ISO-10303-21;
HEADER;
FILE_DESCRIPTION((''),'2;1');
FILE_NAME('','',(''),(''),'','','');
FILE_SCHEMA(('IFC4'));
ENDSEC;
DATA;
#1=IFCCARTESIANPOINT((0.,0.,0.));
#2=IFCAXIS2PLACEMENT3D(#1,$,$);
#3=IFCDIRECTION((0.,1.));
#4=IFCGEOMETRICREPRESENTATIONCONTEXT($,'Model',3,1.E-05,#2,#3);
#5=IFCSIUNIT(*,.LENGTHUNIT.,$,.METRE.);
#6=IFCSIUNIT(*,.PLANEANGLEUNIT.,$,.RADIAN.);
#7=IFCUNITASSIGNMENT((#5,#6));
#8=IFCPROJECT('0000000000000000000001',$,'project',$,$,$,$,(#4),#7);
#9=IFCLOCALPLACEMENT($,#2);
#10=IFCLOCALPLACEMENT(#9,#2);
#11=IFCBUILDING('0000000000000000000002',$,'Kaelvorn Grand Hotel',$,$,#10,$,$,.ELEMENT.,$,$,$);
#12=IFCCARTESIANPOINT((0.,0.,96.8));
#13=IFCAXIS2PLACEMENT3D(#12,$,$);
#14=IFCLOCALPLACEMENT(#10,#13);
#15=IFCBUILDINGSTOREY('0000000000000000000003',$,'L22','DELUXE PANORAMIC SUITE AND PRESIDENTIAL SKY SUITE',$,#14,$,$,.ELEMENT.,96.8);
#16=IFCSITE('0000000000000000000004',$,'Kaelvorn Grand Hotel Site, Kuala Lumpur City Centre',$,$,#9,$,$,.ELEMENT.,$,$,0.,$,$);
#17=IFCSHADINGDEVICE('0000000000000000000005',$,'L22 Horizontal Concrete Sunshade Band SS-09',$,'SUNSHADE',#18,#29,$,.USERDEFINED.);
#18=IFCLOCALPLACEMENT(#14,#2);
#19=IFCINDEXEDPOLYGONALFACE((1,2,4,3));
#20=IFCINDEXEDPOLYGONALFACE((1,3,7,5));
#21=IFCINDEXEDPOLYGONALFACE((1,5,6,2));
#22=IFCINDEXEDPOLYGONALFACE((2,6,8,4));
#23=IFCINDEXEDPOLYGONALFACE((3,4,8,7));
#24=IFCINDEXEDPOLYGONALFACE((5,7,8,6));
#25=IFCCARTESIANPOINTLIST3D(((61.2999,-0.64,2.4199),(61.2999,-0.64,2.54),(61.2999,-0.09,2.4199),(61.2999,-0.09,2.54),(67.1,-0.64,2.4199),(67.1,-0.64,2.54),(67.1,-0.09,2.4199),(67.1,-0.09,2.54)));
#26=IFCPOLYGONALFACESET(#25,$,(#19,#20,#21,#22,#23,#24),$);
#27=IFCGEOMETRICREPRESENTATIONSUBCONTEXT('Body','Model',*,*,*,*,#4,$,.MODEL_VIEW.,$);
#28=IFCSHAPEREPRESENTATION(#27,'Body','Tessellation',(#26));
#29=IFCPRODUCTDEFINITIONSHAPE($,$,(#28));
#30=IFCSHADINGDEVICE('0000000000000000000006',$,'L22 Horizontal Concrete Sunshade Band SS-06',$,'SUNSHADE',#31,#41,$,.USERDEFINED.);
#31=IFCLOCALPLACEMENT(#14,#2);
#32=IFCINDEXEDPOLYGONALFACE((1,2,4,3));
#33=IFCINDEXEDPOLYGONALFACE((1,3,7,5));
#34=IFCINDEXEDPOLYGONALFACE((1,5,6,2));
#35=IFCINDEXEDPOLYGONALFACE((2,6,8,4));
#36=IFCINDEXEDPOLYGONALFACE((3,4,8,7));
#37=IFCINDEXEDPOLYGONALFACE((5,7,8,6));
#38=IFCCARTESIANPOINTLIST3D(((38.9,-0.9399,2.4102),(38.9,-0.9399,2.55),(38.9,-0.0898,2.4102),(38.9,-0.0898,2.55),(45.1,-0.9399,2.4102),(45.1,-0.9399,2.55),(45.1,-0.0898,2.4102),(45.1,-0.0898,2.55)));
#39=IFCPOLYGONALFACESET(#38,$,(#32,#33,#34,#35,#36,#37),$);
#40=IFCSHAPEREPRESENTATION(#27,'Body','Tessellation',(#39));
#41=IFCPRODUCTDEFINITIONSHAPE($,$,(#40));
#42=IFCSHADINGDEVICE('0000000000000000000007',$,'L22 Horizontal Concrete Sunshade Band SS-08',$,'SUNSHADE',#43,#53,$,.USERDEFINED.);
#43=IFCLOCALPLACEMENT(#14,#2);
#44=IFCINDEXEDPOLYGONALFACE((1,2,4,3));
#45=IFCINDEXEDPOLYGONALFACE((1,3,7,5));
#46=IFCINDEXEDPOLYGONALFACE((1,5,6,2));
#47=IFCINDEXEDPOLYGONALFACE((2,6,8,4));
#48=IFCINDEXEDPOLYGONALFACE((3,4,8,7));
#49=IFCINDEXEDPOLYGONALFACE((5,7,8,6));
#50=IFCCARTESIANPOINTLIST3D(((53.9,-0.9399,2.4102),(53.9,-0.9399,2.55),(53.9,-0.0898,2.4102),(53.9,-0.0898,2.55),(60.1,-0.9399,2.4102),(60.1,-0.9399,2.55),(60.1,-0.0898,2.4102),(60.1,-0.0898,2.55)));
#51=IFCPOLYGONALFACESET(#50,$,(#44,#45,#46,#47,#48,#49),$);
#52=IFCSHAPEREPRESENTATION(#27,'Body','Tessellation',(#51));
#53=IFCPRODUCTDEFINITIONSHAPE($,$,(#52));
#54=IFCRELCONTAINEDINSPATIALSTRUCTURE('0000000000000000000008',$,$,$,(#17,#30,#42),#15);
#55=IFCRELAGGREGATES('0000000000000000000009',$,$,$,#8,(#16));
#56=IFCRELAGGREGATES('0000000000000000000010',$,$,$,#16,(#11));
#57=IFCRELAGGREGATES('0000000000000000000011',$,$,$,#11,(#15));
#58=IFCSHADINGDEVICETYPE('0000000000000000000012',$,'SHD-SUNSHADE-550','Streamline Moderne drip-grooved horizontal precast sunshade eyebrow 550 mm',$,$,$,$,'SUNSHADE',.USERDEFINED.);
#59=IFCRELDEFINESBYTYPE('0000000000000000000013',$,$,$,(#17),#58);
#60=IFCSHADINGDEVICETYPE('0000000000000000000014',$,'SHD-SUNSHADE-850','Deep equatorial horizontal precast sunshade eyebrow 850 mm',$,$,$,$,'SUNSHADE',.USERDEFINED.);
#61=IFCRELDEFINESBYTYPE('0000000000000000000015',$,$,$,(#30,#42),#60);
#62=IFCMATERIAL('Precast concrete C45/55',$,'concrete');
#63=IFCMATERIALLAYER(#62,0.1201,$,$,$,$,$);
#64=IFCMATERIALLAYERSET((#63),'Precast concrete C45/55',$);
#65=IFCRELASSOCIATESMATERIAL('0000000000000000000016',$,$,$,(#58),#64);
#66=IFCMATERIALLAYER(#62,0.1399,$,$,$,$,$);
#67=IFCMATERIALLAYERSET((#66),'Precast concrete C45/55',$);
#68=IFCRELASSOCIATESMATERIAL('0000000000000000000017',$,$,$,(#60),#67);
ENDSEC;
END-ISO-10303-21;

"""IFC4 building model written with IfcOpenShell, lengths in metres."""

from ifc_helpers import new_model, si_unit, direction, frame, origin, origin_2d, place, context, subcontext, project, spatial, rectangle, extrude, material, layer, layer_set, type_object, element, save


model = new_model("IFC4")

# Units and contexts
model_context = context("Model", 3, precision=1e-05, world=origin(), true_north=direction((0.0, 1.0)))
body_context = subcontext(model_context, "Body", "Model", "MODEL_VIEW")
ifc_project = project(units=[si_unit("LENGTHUNIT", "METRE"), si_unit("PLANEANGLEUNIT", "RADIAN")], contexts=[model_context])

# Site, building, storey
site_placement = place(None, origin())
site = spatial("IfcSite", under=ifc_project, at=site_placement, Name="Kaelvorn Grand Hotel Site, Kuala Lumpur City Centre", CompositionType="ELEMENT", RefElevation=0.0)
building_placement = place(site_placement, origin())
building = spatial("IfcBuilding", under=site, at=building_placement, Name="Kaelvorn Grand Hotel", CompositionType="ELEMENT")
storey_placement = place(building_placement, frame((0.0, 0.0, 96.8)))
storey = spatial("IfcBuildingStorey", under=building, at=storey_placement, Name="L22", Description="DELUXE PANORAMIC SUITE AND PRESIDENTIAL SKY SUITE", CompositionType="ELEMENT", Elevation=96.8)

# Shading devices
ifc_material_1 = material(Name="Precast concrete C45/55", Category="concrete")
ifc_layer_1 = layer(ifc_material_1, 0.1201)
ifc_layer_set_1 = layer_set([ifc_layer_1], Name="Precast concrete C45/55")
shading_device_type_1 = type_object("IfcShadingDeviceType", Name="SHD-SUNSHADE-550", Description="Streamline Moderne drip-grooved horizontal precast sunshade eyebrow 550 mm", ElementType="SUNSHADE", PredefinedType="USERDEFINED", material=ifc_layer_set_1)
for number, where, z_axis, x_axis, name in (
    (1, (64.2, -0.365, 2.4199), (0.0, 0.0, 1.0), (1.0, 0.0, 0.0), "L22 Horizontal Concrete Sunshade Band SS-09"),
):
    element("IfcShadingDevice", number, at=place(storey_placement, frame(where, z_axis=z_axis, x_axis=x_axis)), inside=storey, type_object=shading_device_type_1, Name=name, ObjectType="SUNSHADE", PredefinedType="USERDEFINED", context=body_context, shape_type="SweptSolid", body=[
        extrude(rectangle(XDim=5.8, YDim=0.55, at=origin_2d()), origin(), (0.0, 0.0, 1.0), 0.1201),
    ])
ifc_layer_2 = layer(ifc_material_1, 0.1399)
ifc_layer_set_2 = layer_set([ifc_layer_2], Name="Precast concrete C45/55")
shading_device_type_2 = type_object("IfcShadingDeviceType", Name="SHD-SUNSHADE-850", Description="Deep equatorial horizontal precast sunshade eyebrow 850 mm", ElementType="SUNSHADE", PredefinedType="USERDEFINED", material=ifc_layer_set_2)
for number, where, z_axis, x_axis, name in (
    (2, (42.0, -0.5149, 2.4102), (0.0, 0.0, 1.0), (1.0, 0.0, 0.0), "L22 Horizontal Concrete Sunshade Band SS-06"),
    (3, (57.0, -0.5149, 2.4102), (0.0, 0.0, 1.0), (1.0, 0.0, 0.0), "L22 Horizontal Concrete Sunshade Band SS-08"),
):
    element("IfcShadingDevice", number, at=place(storey_placement, frame(where, z_axis=z_axis, x_axis=x_axis)), inside=storey, type_object=shading_device_type_2, Name=name, ObjectType="SUNSHADE", PredefinedType="USERDEFINED", context=body_context, shape_type="SweptSolid", body=[
        extrude(rectangle(XDim=6.2, YDim=0.8501, at=origin_2d()), origin(), (0.0, 0.0, 1.0), 0.1399),
    ])

save(model, "model.ifc")
